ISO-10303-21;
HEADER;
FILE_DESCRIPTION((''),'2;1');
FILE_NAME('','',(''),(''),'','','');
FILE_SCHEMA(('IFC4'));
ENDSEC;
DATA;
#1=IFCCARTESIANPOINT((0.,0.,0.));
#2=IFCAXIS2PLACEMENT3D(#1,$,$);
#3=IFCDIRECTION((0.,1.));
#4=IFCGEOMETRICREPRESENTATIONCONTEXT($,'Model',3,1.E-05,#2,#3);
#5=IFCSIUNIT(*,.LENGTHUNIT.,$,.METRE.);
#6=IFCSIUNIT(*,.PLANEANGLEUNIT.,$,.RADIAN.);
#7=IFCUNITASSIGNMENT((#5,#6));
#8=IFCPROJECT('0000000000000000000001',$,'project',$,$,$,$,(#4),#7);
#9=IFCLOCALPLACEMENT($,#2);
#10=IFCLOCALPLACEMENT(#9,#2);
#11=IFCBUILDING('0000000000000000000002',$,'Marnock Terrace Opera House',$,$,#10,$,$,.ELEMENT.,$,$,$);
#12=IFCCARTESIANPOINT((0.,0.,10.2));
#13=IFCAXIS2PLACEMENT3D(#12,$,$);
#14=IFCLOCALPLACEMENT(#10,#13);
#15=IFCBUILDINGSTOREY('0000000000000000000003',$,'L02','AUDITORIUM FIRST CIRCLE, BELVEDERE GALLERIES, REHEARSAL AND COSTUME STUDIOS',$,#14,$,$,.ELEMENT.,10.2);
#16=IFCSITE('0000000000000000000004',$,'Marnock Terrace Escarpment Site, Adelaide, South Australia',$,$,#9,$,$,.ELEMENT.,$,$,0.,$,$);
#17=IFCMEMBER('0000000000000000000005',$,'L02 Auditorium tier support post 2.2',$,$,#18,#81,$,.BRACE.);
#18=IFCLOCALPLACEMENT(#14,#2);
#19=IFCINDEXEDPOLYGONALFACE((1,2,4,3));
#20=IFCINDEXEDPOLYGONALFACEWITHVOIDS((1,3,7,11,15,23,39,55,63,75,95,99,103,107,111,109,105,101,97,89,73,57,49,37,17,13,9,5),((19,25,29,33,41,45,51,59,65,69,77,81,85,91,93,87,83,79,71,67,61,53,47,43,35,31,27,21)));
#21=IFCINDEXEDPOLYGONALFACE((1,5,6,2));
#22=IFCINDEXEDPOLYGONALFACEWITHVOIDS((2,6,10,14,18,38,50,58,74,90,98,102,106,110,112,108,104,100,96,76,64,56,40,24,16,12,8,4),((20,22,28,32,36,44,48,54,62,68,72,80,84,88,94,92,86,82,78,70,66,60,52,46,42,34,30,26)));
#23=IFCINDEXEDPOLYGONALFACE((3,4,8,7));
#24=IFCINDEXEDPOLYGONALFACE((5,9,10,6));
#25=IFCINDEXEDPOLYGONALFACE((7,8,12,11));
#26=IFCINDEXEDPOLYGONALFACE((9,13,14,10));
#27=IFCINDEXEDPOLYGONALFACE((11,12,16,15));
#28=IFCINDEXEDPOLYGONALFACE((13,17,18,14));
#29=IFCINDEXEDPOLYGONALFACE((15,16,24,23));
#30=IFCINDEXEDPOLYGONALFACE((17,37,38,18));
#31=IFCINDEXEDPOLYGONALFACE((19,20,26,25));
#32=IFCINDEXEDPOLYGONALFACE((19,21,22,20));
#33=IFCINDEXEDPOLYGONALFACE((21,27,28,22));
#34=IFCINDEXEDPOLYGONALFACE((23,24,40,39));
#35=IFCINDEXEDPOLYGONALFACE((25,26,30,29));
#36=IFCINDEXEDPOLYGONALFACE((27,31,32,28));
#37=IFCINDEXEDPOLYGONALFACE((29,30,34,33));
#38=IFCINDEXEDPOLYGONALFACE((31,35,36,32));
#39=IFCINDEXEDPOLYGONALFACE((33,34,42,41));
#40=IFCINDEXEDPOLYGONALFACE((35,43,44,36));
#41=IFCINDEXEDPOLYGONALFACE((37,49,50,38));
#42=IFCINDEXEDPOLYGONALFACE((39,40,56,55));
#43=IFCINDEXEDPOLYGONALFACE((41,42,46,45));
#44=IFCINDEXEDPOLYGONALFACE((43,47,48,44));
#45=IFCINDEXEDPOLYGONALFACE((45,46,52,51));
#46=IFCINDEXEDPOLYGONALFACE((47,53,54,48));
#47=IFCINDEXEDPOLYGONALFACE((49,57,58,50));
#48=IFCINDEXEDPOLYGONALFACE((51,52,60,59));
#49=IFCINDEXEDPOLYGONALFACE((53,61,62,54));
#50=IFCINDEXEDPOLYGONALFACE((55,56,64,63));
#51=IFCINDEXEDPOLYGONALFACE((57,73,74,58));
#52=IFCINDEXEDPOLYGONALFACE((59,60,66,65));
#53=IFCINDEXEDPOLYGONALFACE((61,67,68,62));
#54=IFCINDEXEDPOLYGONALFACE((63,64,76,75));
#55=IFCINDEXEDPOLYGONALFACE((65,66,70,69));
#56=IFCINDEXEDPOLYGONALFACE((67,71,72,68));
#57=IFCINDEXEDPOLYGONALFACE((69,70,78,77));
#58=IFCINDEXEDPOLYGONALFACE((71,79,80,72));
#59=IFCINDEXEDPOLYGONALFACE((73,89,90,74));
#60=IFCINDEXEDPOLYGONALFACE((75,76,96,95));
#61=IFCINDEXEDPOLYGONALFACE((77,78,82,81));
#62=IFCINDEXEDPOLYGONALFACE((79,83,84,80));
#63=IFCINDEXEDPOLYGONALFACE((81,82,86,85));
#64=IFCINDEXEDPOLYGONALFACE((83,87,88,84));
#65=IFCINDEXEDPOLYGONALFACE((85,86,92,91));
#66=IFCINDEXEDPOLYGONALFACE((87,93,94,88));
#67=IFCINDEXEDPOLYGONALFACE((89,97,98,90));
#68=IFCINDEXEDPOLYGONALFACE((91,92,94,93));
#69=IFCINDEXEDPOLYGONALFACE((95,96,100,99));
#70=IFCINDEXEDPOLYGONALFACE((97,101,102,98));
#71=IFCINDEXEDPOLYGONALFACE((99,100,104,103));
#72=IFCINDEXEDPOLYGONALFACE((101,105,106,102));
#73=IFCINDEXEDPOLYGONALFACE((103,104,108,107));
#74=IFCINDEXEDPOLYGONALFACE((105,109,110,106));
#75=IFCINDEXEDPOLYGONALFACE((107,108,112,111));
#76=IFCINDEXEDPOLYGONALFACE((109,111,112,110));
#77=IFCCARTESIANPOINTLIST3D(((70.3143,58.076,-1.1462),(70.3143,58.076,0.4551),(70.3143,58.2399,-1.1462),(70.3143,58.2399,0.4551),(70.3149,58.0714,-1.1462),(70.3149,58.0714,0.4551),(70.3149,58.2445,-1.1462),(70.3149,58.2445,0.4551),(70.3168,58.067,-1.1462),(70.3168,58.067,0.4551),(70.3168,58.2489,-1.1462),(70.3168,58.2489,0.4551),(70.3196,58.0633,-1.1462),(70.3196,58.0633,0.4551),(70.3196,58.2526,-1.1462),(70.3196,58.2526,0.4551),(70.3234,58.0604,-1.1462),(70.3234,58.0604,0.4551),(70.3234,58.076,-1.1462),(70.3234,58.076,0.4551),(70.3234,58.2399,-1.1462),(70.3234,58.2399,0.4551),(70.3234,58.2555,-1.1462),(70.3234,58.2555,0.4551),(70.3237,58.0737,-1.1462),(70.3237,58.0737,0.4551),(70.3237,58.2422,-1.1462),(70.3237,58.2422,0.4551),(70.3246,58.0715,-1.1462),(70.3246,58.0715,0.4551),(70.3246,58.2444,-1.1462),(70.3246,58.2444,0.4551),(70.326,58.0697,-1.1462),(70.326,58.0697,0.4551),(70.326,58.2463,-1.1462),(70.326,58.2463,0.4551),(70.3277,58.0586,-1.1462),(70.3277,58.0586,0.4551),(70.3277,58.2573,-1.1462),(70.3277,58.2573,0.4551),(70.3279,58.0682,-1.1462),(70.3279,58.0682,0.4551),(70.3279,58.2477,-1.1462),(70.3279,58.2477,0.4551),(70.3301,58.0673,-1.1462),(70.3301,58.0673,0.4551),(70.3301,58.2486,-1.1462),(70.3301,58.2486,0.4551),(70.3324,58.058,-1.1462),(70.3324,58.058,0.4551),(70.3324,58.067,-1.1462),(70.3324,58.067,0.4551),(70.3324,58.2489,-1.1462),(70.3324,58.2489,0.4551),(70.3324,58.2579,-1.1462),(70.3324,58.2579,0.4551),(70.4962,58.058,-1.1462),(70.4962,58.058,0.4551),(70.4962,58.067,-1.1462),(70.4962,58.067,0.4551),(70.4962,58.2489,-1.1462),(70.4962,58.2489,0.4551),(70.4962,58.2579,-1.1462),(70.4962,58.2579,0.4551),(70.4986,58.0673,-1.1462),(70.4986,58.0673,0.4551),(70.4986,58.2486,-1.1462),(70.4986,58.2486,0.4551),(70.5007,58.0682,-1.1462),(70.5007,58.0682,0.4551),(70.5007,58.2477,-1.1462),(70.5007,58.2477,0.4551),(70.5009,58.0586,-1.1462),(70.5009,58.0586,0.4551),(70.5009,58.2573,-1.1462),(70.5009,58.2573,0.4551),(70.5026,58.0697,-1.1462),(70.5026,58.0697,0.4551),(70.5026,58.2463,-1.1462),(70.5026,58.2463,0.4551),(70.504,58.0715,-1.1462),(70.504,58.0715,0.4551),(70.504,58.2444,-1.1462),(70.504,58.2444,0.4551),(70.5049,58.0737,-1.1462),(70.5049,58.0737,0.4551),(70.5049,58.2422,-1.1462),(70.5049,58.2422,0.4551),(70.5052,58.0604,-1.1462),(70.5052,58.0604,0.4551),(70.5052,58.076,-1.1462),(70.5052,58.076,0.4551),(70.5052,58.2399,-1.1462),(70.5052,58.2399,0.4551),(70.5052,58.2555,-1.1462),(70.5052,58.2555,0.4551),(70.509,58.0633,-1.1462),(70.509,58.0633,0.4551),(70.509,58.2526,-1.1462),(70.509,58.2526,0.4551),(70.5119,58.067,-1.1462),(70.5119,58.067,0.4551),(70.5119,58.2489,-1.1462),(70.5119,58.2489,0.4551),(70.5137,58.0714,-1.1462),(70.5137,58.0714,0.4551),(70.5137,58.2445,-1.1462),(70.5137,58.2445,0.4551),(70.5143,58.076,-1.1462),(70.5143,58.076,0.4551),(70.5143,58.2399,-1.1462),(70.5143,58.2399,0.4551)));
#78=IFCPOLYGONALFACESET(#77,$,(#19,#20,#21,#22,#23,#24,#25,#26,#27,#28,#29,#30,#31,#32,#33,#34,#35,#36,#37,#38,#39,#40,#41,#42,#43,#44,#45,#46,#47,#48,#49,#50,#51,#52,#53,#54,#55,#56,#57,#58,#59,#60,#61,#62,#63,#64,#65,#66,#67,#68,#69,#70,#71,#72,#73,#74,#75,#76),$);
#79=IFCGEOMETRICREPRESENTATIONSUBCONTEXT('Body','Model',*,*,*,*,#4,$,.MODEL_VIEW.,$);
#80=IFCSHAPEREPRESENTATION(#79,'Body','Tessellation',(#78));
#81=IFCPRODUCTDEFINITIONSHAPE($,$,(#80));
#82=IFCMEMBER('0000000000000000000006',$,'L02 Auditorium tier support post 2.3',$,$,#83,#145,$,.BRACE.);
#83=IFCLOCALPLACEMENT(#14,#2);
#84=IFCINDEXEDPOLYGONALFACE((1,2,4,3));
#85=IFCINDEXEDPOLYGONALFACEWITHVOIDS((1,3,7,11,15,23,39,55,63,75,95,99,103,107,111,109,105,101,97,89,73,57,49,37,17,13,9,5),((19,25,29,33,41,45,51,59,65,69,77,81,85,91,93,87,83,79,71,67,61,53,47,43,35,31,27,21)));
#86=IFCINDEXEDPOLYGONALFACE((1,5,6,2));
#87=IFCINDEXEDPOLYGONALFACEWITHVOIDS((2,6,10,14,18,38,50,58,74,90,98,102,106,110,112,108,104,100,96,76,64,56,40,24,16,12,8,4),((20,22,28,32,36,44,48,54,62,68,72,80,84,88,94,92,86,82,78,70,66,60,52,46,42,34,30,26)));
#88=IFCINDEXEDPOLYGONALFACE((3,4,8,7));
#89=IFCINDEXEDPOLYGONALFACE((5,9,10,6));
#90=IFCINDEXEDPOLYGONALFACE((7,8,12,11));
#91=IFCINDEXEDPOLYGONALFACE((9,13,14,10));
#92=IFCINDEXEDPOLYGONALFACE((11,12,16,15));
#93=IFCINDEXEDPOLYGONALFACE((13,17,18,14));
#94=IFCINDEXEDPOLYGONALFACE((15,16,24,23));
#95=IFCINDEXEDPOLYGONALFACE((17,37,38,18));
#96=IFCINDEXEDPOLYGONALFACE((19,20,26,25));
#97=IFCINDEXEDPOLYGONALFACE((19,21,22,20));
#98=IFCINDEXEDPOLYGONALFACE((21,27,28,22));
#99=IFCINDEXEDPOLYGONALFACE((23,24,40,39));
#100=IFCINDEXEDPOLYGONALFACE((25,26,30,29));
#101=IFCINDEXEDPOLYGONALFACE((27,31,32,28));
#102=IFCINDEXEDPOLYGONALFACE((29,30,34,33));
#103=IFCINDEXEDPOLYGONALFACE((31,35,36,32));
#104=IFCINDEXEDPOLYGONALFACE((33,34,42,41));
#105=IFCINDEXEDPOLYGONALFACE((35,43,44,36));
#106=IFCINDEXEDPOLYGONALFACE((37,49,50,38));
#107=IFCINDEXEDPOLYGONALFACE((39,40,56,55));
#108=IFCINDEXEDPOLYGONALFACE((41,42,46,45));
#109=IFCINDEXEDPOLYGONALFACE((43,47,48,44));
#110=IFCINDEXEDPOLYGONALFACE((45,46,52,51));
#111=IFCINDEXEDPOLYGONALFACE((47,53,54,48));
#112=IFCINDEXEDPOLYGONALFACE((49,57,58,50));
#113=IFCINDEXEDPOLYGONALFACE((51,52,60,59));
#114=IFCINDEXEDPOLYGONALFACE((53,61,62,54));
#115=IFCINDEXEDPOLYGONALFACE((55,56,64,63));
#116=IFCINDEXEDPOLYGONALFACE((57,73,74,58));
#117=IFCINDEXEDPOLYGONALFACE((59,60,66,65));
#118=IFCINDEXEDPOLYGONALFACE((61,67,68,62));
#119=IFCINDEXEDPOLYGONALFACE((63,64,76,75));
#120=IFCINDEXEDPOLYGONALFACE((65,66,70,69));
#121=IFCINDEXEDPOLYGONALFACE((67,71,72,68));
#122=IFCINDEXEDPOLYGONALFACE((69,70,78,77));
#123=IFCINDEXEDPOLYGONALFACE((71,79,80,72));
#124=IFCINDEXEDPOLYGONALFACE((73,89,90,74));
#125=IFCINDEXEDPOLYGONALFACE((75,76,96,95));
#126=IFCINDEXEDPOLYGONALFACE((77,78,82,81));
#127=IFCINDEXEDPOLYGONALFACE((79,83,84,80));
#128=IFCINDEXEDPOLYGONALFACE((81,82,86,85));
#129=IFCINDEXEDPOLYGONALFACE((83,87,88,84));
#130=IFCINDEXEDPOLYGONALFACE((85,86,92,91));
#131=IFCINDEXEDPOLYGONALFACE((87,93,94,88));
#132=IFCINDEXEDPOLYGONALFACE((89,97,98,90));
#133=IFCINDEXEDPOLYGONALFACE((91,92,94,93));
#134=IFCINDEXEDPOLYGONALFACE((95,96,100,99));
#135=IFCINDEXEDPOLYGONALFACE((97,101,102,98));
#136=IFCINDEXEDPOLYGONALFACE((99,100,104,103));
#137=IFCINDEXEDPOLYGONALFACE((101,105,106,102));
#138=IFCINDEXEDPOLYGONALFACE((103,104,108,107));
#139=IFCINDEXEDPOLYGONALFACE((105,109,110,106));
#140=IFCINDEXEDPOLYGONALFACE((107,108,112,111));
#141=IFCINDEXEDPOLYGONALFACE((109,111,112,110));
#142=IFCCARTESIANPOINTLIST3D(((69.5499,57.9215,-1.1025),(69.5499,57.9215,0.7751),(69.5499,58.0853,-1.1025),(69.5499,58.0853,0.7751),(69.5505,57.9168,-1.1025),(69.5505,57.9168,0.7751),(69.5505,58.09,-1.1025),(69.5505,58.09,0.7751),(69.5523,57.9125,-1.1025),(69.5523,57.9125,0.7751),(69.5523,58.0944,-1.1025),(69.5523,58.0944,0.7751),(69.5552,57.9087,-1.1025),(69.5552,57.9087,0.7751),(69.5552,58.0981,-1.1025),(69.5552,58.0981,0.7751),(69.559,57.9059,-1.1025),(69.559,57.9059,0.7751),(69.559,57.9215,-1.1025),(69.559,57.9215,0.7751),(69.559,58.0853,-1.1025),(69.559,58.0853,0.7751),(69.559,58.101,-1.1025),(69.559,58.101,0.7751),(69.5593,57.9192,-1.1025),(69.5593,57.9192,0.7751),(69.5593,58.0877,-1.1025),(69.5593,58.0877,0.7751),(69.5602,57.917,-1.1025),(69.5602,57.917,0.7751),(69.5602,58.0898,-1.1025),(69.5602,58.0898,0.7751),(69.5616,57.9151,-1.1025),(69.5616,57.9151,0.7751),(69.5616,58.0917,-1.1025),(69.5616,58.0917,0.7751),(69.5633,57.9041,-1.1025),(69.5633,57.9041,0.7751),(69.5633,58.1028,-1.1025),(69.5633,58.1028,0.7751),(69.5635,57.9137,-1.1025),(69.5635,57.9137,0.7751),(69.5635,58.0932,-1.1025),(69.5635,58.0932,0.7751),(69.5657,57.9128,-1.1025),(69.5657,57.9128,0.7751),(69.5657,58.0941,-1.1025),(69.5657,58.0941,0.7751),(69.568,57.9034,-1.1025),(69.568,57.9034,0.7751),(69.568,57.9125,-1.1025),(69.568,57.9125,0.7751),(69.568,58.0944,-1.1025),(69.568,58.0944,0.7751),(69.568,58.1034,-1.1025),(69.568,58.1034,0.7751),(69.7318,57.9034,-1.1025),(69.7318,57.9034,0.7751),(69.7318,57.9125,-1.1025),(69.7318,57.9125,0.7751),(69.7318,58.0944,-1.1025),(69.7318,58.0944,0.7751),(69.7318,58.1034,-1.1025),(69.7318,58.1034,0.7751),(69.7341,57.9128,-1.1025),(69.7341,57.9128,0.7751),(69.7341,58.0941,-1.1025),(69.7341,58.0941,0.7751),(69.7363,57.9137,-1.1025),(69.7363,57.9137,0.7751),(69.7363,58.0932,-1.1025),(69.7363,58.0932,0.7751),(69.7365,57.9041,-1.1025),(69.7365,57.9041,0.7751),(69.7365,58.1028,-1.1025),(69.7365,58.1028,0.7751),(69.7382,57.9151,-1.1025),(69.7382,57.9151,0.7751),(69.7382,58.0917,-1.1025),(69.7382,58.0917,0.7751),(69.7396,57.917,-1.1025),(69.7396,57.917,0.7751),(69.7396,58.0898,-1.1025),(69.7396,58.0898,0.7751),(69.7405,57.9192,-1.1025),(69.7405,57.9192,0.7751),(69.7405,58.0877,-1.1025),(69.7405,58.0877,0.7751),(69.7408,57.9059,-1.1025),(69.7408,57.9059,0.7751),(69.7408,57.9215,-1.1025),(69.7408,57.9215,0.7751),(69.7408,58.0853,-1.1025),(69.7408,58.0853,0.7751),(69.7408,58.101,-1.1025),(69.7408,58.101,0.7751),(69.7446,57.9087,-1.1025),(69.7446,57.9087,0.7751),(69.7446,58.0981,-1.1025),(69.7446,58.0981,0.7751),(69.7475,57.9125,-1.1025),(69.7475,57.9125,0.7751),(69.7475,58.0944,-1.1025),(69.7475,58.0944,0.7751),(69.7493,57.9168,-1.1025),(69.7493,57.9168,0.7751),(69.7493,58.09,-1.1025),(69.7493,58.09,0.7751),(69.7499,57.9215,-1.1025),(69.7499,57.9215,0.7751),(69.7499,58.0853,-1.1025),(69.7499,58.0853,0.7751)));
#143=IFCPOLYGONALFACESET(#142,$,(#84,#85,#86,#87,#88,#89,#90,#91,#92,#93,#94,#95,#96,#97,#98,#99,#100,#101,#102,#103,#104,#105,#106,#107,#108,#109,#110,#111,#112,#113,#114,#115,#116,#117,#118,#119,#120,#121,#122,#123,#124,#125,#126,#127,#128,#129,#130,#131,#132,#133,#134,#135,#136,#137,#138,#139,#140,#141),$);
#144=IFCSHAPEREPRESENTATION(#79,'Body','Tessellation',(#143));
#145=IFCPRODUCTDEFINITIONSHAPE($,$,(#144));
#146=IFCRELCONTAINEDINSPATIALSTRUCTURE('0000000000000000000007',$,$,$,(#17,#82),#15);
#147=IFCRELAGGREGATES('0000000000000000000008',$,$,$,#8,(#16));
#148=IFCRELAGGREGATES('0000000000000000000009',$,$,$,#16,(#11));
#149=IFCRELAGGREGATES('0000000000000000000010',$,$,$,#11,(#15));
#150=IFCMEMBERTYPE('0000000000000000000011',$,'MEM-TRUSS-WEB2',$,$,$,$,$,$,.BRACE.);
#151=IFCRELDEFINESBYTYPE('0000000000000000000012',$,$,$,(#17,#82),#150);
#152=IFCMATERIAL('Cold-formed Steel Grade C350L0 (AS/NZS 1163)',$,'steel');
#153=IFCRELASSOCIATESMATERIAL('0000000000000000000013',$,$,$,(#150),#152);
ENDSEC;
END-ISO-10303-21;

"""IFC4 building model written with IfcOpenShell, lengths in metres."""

from ifc_helpers import new_model, si_unit, direction, frame, origin, origin_2d, place, context, subcontext, project, spatial, hollow_rectangle, extrude, material, material_profile, profile_set, type_object, element, save


model = new_model("IFC4")

# Units and contexts
model_context = context("Model", 3, precision=1e-05, world=origin(), true_north=direction((0.0, 1.0)))
body_context = subcontext(model_context, "Body", "Model", "MODEL_VIEW")
ifc_project = project(units=[si_unit("LENGTHUNIT", "METRE"), si_unit("PLANEANGLEUNIT", "RADIAN")], contexts=[model_context])

# Site, building, storey
site_placement = place(None, origin())
site = spatial("IfcSite", under=ifc_project, at=site_placement, Name="Marnock Terrace Escarpment Site, Adelaide, South Australia", CompositionType="ELEMENT", RefElevation=0.0)
building_placement = place(site_placement, origin())
building = spatial("IfcBuilding", under=site, at=building_placement, Name="Marnock Terrace Opera House", CompositionType="ELEMENT")
storey_placement = place(building_placement, frame((0.0, 0.0, 10.2)))
storey = spatial("IfcBuildingStorey", under=building, at=storey_placement, Name="L02", Description="AUDITORIUM FIRST CIRCLE, BELVEDERE GALLERIES, REHEARSAL AND COSTUME STUDIOS", CompositionType="ELEMENT", Elevation=10.2)

# Members
ifc_material_1 = material(Name="Cold-formed Steel Grade C350L0 (AS/NZS 1163)", Category="steel")
ifc_material_profile_1 = material_profile(ifc_material_1, hollow_rectangle(XDim=0.2, YDim=0.2, WallThickness=0.009, InnerFilletRadius=0.009, OuterFilletRadius=0.0181, at=origin_2d()))
ifc_profile_set_1 = profile_set([ifc_material_profile_1], Name="Cold-formed Steel Grade C350L0 (AS/NZS 1163)")
member_type = type_object("IfcMemberType", Name="MEM-TRUSS-WEB2", PredefinedType="BRACE", material=ifc_profile_set_1)
member_1_placement = place(storey_placement, frame((70.4143, 58.158, -1.1462), z_axis=(0.0, 0.0, 1.0), x_axis=(1.0, 0.0, 0.0)))
element("IfcMember", 1, at=member_1_placement, inside=storey, type_object=member_type, Name="L02 Auditorium tier support post 2.2", PredefinedType="BRACE", context=body_context, shape_type="SweptSolid", body=[
    extrude(hollow_rectangle(XDim=0.2, YDim=0.2, WallThickness=0.009, InnerFilletRadius=0.009, OuterFilletRadius=0.0181, at=origin_2d()), origin(), (0.0, 0.0, 1.0), 1.6013),
])
member_2_placement = place(storey_placement, frame((69.6499, 58.0034, -1.1025), z_axis=(0.0, 0.0, 1.0), x_axis=(1.0, 0.0, 0.0)))
element("IfcMember", 2, at=member_2_placement, inside=storey, type_object=member_type, Name="L02 Auditorium tier support post 2.3", PredefinedType="BRACE", context=body_context, shape_type="SweptSolid", body=[
    extrude(hollow_rectangle(XDim=0.2, YDim=0.2, WallThickness=0.009, InnerFilletRadius=0.009, OuterFilletRadius=0.0181, at=origin_2d()), origin(), (0.0, 0.0, 1.0), 1.8777),
])

save(model, "model.ifc")
